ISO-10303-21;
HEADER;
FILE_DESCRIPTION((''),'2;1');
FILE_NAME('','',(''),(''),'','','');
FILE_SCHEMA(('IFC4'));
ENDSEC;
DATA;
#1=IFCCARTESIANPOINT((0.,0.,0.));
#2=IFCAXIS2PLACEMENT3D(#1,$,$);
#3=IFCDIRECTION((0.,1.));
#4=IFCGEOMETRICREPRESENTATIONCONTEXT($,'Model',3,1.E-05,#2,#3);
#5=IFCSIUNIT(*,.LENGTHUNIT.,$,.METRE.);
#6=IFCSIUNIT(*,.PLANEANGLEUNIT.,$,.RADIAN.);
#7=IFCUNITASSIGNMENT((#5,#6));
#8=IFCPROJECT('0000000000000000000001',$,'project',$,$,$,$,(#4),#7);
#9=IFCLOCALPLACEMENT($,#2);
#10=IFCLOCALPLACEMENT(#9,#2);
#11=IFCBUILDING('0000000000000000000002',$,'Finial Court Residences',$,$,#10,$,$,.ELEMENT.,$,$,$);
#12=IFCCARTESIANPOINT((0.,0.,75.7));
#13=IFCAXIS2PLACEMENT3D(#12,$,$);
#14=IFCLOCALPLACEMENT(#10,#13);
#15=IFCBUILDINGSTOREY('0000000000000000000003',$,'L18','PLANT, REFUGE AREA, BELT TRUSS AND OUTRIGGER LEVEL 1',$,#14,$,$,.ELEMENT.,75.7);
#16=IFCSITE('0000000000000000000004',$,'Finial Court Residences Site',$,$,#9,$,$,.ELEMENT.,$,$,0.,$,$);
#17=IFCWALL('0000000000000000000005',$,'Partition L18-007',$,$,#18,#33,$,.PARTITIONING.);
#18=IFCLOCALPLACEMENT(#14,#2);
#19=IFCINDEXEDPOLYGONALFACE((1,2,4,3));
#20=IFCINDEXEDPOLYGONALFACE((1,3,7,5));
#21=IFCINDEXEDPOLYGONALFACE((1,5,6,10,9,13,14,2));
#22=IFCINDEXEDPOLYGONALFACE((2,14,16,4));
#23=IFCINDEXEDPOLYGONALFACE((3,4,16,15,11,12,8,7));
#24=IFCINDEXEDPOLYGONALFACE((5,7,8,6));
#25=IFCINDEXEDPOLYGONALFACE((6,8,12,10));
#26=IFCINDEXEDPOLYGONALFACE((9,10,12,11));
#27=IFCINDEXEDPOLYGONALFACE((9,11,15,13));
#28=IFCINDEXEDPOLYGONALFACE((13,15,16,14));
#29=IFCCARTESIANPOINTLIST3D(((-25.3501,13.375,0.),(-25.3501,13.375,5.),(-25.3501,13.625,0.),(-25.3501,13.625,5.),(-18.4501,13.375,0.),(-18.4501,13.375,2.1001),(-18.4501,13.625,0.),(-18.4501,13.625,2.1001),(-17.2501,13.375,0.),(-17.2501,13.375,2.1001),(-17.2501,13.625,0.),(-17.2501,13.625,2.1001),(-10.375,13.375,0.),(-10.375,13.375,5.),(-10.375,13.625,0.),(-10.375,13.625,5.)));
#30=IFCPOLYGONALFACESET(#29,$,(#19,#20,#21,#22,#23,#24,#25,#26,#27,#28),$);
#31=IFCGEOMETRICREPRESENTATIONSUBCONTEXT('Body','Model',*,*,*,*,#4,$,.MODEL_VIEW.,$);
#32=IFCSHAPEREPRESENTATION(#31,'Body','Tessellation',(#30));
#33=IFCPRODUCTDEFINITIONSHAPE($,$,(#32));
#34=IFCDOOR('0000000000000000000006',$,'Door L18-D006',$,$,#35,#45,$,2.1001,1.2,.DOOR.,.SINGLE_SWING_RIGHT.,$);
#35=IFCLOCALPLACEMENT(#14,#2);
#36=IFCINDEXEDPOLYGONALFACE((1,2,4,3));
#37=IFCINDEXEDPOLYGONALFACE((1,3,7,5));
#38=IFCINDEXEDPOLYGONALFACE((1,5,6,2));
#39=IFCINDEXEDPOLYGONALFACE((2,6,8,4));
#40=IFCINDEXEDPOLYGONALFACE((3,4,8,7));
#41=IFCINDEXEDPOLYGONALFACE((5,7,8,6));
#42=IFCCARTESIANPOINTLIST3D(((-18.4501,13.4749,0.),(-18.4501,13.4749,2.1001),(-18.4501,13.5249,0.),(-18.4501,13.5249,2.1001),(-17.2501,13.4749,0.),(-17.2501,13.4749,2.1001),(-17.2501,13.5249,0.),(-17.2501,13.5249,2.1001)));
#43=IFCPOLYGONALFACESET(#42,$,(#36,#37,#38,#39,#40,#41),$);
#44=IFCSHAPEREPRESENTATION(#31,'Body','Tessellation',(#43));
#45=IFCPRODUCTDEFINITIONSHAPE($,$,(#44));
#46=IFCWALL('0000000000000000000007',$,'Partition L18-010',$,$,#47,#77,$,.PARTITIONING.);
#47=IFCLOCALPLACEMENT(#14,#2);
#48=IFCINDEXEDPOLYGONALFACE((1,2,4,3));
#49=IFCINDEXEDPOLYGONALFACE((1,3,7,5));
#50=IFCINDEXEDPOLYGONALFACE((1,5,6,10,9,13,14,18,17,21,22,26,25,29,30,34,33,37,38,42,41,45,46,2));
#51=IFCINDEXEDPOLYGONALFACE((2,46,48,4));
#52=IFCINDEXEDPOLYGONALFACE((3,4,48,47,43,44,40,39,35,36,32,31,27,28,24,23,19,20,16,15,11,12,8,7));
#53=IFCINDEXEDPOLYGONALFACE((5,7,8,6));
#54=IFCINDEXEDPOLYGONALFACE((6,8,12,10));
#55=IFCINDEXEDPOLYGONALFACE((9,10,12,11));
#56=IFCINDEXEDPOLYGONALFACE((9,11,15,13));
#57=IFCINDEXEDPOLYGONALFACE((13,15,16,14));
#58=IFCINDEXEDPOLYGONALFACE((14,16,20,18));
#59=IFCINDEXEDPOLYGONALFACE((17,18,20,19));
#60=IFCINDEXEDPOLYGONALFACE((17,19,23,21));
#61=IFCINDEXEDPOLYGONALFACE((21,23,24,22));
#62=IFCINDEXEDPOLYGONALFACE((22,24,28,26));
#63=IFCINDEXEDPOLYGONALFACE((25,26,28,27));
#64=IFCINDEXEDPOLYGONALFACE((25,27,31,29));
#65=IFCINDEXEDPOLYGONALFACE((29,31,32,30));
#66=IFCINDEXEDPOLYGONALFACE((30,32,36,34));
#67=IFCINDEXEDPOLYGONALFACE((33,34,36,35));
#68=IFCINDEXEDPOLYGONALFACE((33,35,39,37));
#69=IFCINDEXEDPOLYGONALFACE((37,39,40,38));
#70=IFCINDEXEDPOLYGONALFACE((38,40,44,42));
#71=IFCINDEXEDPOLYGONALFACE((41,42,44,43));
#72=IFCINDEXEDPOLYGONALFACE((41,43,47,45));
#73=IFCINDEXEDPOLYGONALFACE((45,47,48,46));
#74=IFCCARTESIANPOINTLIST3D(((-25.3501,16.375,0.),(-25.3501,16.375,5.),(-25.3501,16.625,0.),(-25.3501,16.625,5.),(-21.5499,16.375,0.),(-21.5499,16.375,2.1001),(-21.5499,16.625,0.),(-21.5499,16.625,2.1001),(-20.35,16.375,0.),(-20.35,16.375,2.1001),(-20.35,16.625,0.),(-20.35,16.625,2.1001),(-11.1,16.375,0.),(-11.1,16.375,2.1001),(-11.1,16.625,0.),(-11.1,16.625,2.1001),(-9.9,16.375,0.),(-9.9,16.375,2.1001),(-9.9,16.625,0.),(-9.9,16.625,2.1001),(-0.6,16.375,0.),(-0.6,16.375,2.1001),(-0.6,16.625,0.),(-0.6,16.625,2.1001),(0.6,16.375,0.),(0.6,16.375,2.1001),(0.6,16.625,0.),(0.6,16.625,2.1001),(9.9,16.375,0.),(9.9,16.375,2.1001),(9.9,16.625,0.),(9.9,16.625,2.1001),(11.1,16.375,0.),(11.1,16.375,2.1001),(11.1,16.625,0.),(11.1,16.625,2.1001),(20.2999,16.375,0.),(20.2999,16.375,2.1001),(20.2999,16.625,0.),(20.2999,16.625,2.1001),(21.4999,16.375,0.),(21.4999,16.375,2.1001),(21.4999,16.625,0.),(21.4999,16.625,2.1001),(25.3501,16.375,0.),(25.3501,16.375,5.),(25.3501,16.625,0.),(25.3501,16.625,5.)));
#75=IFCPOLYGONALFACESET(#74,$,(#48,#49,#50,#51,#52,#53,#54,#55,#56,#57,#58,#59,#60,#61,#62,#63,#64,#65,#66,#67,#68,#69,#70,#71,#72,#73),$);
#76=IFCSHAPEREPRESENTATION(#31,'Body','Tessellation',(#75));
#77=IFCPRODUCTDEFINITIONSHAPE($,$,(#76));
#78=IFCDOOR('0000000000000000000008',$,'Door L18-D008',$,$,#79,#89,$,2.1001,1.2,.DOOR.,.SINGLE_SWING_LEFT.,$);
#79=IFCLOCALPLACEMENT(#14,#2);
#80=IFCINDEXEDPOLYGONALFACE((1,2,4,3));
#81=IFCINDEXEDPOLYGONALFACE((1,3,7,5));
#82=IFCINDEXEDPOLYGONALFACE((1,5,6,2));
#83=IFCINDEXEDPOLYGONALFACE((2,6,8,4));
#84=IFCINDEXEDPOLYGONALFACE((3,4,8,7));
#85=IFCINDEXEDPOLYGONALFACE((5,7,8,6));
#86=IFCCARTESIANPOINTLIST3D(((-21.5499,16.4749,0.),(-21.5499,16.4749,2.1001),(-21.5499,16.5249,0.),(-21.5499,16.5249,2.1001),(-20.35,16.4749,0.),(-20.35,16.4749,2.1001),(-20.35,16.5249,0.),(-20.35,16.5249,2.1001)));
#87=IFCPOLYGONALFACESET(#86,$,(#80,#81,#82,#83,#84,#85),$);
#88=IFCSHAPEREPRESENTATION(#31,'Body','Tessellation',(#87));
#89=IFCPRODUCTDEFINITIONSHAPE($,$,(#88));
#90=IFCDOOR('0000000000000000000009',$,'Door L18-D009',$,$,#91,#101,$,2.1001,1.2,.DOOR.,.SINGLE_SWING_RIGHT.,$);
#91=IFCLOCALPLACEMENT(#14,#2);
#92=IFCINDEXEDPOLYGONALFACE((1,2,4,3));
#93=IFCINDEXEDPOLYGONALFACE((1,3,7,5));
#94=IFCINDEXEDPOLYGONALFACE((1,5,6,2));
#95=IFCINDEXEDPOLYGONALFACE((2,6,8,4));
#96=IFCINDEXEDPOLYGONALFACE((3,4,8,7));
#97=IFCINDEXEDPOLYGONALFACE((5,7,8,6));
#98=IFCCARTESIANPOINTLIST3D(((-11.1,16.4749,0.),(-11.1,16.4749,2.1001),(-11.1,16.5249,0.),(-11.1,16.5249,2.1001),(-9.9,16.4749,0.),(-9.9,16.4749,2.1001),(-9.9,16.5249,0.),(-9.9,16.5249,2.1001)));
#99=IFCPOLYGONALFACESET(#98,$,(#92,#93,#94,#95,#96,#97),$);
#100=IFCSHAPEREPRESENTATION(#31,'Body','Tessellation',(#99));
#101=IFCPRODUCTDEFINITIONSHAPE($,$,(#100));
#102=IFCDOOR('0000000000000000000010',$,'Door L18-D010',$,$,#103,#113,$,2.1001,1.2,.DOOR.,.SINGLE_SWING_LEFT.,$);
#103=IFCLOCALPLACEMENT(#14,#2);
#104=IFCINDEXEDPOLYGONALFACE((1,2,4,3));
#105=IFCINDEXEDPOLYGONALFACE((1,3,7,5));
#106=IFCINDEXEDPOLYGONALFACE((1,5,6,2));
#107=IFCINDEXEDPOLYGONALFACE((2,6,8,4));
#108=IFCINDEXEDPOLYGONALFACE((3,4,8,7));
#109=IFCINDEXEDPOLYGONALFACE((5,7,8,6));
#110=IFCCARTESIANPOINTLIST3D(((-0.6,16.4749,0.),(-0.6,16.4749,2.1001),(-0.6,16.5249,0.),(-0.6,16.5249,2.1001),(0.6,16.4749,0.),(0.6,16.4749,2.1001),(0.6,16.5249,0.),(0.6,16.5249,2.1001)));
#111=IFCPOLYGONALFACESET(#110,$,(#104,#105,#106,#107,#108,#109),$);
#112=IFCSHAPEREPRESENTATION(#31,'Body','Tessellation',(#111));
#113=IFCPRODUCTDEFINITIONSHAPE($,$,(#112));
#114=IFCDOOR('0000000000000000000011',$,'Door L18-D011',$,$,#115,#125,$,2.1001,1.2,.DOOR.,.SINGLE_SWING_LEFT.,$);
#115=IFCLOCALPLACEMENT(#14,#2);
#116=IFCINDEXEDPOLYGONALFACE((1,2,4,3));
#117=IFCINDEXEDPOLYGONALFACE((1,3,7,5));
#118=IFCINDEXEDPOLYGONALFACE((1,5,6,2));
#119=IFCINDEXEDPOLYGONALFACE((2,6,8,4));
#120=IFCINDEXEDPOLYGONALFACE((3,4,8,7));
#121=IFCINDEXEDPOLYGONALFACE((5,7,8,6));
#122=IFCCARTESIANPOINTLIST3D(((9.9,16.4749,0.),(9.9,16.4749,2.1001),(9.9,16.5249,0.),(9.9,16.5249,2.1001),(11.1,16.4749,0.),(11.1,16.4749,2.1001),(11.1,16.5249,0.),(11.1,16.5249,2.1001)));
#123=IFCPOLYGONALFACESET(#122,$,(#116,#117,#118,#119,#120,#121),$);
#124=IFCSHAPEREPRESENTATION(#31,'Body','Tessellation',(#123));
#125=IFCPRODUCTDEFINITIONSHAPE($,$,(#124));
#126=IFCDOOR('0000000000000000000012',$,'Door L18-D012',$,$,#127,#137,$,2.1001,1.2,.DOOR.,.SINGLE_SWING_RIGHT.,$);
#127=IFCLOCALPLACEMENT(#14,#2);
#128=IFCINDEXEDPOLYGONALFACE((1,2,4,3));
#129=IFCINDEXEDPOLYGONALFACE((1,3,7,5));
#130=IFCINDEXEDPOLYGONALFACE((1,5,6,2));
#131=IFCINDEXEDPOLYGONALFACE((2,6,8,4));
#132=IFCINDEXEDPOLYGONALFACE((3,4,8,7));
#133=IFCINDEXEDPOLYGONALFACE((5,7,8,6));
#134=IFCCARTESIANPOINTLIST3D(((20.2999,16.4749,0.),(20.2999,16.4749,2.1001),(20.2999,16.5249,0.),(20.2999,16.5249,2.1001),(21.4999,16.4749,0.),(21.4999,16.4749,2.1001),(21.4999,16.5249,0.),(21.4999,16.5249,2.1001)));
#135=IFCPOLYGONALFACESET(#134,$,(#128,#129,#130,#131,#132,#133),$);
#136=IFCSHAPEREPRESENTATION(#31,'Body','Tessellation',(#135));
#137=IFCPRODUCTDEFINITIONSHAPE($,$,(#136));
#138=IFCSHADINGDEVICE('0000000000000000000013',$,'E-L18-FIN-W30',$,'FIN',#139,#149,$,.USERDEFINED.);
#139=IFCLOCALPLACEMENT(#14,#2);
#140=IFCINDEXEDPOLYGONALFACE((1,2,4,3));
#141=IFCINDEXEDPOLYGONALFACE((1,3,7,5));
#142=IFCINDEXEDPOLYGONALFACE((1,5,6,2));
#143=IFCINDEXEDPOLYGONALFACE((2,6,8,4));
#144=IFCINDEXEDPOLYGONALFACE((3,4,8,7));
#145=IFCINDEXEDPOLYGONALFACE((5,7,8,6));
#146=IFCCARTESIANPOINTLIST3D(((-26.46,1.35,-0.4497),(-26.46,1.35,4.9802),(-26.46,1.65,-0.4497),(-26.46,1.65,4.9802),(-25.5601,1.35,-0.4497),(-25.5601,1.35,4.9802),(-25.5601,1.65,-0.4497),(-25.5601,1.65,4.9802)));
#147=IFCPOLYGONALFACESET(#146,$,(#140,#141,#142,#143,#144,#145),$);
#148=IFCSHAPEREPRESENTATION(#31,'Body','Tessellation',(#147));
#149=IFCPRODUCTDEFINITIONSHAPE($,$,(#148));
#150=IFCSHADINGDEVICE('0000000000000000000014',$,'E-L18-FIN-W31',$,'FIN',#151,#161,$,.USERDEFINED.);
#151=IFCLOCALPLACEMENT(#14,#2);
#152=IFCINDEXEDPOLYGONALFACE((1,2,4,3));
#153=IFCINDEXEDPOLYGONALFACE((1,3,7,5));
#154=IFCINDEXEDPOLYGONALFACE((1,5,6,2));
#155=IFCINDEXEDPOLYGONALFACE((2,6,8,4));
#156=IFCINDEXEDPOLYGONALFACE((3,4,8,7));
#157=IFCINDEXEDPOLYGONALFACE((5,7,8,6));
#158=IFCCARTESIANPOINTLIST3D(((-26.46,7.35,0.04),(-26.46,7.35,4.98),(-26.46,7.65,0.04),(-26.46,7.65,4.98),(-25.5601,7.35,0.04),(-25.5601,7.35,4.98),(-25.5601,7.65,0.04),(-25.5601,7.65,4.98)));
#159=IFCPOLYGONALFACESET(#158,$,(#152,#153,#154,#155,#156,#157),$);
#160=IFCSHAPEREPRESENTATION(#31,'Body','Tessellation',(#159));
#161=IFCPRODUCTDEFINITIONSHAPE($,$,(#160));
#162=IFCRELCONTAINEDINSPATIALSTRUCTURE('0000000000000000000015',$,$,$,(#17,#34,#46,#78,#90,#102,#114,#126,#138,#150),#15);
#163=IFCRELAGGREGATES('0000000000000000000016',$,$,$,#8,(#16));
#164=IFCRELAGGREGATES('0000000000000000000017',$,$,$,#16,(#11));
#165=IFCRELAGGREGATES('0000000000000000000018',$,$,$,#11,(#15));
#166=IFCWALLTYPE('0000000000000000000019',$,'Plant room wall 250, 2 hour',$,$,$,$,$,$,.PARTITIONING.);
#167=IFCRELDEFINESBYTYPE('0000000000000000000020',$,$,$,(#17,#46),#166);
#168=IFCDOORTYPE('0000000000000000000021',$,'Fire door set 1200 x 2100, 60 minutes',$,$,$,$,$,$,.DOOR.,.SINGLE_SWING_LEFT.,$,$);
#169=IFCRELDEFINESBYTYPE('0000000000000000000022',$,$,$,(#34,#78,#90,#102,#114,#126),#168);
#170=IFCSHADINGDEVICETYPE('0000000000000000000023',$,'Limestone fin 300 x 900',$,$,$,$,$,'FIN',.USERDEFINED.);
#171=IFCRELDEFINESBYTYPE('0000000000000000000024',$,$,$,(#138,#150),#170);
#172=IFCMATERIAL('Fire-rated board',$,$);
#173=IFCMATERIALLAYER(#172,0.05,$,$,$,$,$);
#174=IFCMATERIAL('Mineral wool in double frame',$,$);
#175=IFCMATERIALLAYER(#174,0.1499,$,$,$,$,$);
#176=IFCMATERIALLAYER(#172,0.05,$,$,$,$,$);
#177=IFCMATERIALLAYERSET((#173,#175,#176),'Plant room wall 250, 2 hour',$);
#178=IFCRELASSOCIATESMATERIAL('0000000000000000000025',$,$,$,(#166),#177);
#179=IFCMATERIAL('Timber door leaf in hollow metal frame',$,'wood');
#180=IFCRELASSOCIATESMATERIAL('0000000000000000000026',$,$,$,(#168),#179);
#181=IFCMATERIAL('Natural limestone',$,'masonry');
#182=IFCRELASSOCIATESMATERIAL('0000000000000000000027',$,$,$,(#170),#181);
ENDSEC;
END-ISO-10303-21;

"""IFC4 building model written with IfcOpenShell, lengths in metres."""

from ifc_helpers import new_model, si_unit, direction, frame, frame_2d, origin, origin_2d, place, context, subcontext, project, spatial, rectangle, extrude, material, layer, layer_set, type_object, element, fill, save


model = new_model("IFC4")

# Units and contexts
model_context = context("Model", 3, precision=1e-05, world=origin(), true_north=direction((0.0, 1.0)))
body_context = subcontext(model_context, "Body", "Model", "MODEL_VIEW")
ifc_project = project(units=[si_unit("LENGTHUNIT", "METRE"), si_unit("PLANEANGLEUNIT", "RADIAN")], contexts=[model_context])

# Site, building, storey
site_placement = place(None, origin())
site = spatial("IfcSite", under=ifc_project, at=site_placement, Name="Finial Court Residences Site", CompositionType="ELEMENT", RefElevation=0.0)
building_placement = place(site_placement, origin())
building = spatial("IfcBuilding", under=site, at=building_placement, Name="Finial Court Residences", CompositionType="ELEMENT")
storey_placement = place(building_placement, frame((0.0, 0.0, 75.7)))
storey = spatial("IfcBuildingStorey", under=building, at=storey_placement, Name="L18", Description="PLANT, REFUGE AREA, BELT TRUSS AND OUTRIGGER LEVEL 1", CompositionType="ELEMENT", Elevation=75.7)

# Shared definitions
ifc_material_1 = material(Name="Fire-rated board")
ifc_layer_1 = layer(ifc_material_1, 0.05)
ifc_material_2 = material(Name="Mineral wool in double frame")
ifc_layer_2 = layer(ifc_material_2, 0.1499)
ifc_layer_3 = layer(ifc_material_1, 0.05)
ifc_layer_set_1 = layer_set([ifc_layer_1, ifc_layer_2, ifc_layer_3], Name="Plant room wall 250, 2 hour")
wall_type_1 = type_object("IfcWallType", Name="Plant room wall 250, 2 hour", PredefinedType="PARTITIONING", material=ifc_layer_set_1)

# Wall, opening, door
wall_1_placement = place(storey_placement, frame((-25.3501, 13.5, 0.0), z_axis=(0.0, 0.0, 1.0), x_axis=(1.0, 0.0, 0.0)))
wall_1 = element("IfcWall", 1, at=wall_1_placement, inside=storey, type_object=wall_type_1, Name="Partition L18-007", PredefinedType="PARTITIONING", context=body_context, shape_type="SweptSolid", body=[
    extrude(rectangle(XDim=14.9751, YDim=0.25, at=frame_2d((7.4875, 0.0))), origin(), (0.0, 0.0, 1.0), 5.0),
])
opening_1_placement = place(wall_1_placement, frame((6.8999, 0.0, 0.0)))
opening_1 = element("IfcOpeningElement", 2, at=opening_1_placement, cuts=wall_1, PredefinedType="OPENING", context=body_context, shape_type="SweptSolid", body=[
    extrude(rectangle(XDim=1.2, YDim=2.1001, at=frame_2d((0.6001, 1.05))), frame((0.0, 0.135, 0.0), z_axis=(0.0, -1.0, 0.0), x_axis=(1.0, 0.0, 0.0)), (0.0, 0.0, 1.0), 0.27),
])
ifc_material_3 = material(Name="Timber door leaf in hollow metal frame", Category="wood")
door_type = type_object("IfcDoorType", Name="Fire door set 1200 x 2100, 60 minutes", OperationType="SINGLE_SWING_LEFT", PredefinedType="DOOR", material=ifc_material_3)
door_1_placement = place(opening_1_placement, origin())
door_1 = element("IfcDoor", 3, at=door_1_placement, inside=storey, type_object=door_type, Name="Door L18-D006", OperationType="SINGLE_SWING_RIGHT", OverallHeight=2.1001, OverallWidth=1.2, PredefinedType="DOOR", context=body_context, shape_type="SweptSolid", body=[
    extrude(rectangle(XDim=1.2, YDim=2.1001, at=frame_2d((0.6001, 1.05))), frame((0.0, 0.0249, 0.0), z_axis=(0.0, -1.0, 0.0), x_axis=(1.0, 0.0, 0.0)), (0.0, 0.0, 1.0), 0.05),
])
fill(opening_1, door_1)

# Wall, openings, doors
wall_2_placement = place(storey_placement, frame((-25.3501, 16.5, 0.0), z_axis=(0.0, 0.0, 1.0), x_axis=(1.0, 0.0, 0.0)))
wall_2 = element("IfcWall", 4, at=wall_2_placement, inside=storey, type_object=wall_type_1, Name="Partition L18-010", PredefinedType="PARTITIONING", context=body_context, shape_type="SweptSolid", body=[
    extrude(rectangle(XDim=50.7002, YDim=0.25, at=frame_2d((25.3501, 0.0))), origin(), (0.0, 0.0, 1.0), 5.0),
])
opening_2_placement = place(wall_2_placement, frame((3.8, 0.0, 0.0)))
opening_2 = element("IfcOpeningElement", 5, at=opening_2_placement, cuts=wall_2, PredefinedType="OPENING", context=body_context, shape_type="SweptSolid", body=[
    extrude(rectangle(XDim=1.2, YDim=2.1001, at=frame_2d((0.6001, 1.05))), frame((0.0, 0.135, 0.0), z_axis=(0.0, -1.0, 0.0), x_axis=(1.0, 0.0, 0.0)), (0.0, 0.0, 1.0), 0.27),
])
opening_3_placement = place(wall_2_placement, frame((14.25, 0.0, 0.0)))
opening_3 = element("IfcOpeningElement", 6, at=opening_3_placement, cuts=wall_2, PredefinedType="OPENING", context=body_context, shape_type="SweptSolid", body=[
    extrude(rectangle(XDim=1.2, YDim=2.1001, at=frame_2d((0.6001, 1.05))), frame((0.0, 0.135, 0.0), z_axis=(0.0, -1.0, 0.0), x_axis=(1.0, 0.0, 0.0)), (0.0, 0.0, 1.0), 0.27),
])
opening_4_placement = place(wall_2_placement, frame((24.75, 0.0, 0.0)))
opening_4 = element("IfcOpeningElement", 7, at=opening_4_placement, cuts=wall_2, PredefinedType="OPENING", context=body_context, shape_type="SweptSolid", body=[
    extrude(rectangle(XDim=1.2, YDim=2.1001, at=frame_2d((0.6001, 1.05))), frame((0.0, 0.135, 0.0), z_axis=(0.0, -1.0, 0.0), x_axis=(1.0, 0.0, 0.0)), (0.0, 0.0, 1.0), 0.27),
])
opening_5_placement = place(wall_2_placement, frame((35.25, 0.0, 0.0)))
opening_5 = element("IfcOpeningElement", 8, at=opening_5_placement, cuts=wall_2, PredefinedType="OPENING", context=body_context, shape_type="SweptSolid", body=[
    extrude(rectangle(XDim=1.2, YDim=2.1001, at=frame_2d((0.6001, 1.05))), frame((0.0, 0.135, 0.0), z_axis=(0.0, -1.0, 0.0), x_axis=(1.0, 0.0, 0.0)), (0.0, 0.0, 1.0), 0.27),
])
opening_6_placement = place(wall_2_placement, frame((45.6499, 0.0, 0.0)))
opening_6 = element("IfcOpeningElement", 9, at=opening_6_placement, cuts=wall_2, PredefinedType="OPENING", context=body_context, shape_type="SweptSolid", body=[
    extrude(rectangle(XDim=1.2, YDim=2.1001, at=frame_2d((0.6001, 1.05))), frame((0.0, 0.135, 0.0), z_axis=(0.0, -1.0, 0.0), x_axis=(1.0, 0.0, 0.0)), (0.0, 0.0, 1.0), 0.27),
])
door_2_placement = place(opening_2_placement, origin())
door_2 = element("IfcDoor", 10, at=door_2_placement, inside=storey, type_object=door_type, Name="Door L18-D008", OperationType="SINGLE_SWING_LEFT", OverallHeight=2.1001, OverallWidth=1.2, PredefinedType="DOOR", context=body_context, shape_type="SweptSolid", body=[
    extrude(rectangle(XDim=1.2, YDim=2.1001, at=frame_2d((0.6001, 1.05))), frame((0.0, 0.0249, 0.0), z_axis=(0.0, -1.0, 0.0), x_axis=(1.0, 0.0, 0.0)), (0.0, 0.0, 1.0), 0.05),
])
fill(opening_2, door_2)
door_3_placement = place(opening_3_placement, origin())
door_3 = element("IfcDoor", 11, at=door_3_placement, inside=storey, type_object=door_type, Name="Door L18-D009", OperationType="SINGLE_SWING_RIGHT", OverallHeight=2.1001, OverallWidth=1.2, PredefinedType="DOOR", context=body_context, shape_type="SweptSolid", body=[
    extrude(rectangle(XDim=1.2, YDim=2.1001, at=frame_2d((0.6001, 1.05))), frame((0.0, 0.0249, 0.0), z_axis=(0.0, -1.0, 0.0), x_axis=(1.0, 0.0, 0.0)), (0.0, 0.0, 1.0), 0.05),
])
fill(opening_3, door_3)
door_4_placement = place(opening_4_placement, origin())
door_4 = element("IfcDoor", 12, at=door_4_placement, inside=storey, type_object=door_type, Name="Door L18-D010", OperationType="SINGLE_SWING_LEFT", OverallHeight=2.1001, OverallWidth=1.2, PredefinedType="DOOR", context=body_context, shape_type="SweptSolid", body=[
    extrude(rectangle(XDim=1.2, YDim=2.1001, at=frame_2d((0.6001, 1.05))), frame((0.0, 0.0249, 0.0), z_axis=(0.0, -1.0, 0.0), x_axis=(1.0, 0.0, 0.0)), (0.0, 0.0, 1.0), 0.05),
])
fill(opening_4, door_4)
door_5_placement = place(opening_5_placement, origin())
door_5 = element("IfcDoor", 13, at=door_5_placement, inside=storey, type_object=door_type, Name="Door L18-D011", OperationType="SINGLE_SWING_LEFT", OverallHeight=2.1001, OverallWidth=1.2, PredefinedType="DOOR", context=body_context, shape_type="SweptSolid", body=[
    extrude(rectangle(XDim=1.2, YDim=2.1001, at=frame_2d((0.6001, 1.05))), frame((0.0, 0.0249, 0.0), z_axis=(0.0, -1.0, 0.0), x_axis=(1.0, 0.0, 0.0)), (0.0, 0.0, 1.0), 0.05),
])
fill(opening_5, door_5)
door_6_placement = place(opening_6_placement, origin())
door_6 = element("IfcDoor", 14, at=door_6_placement, inside=storey, type_object=door_type, Name="Door L18-D012", OperationType="SINGLE_SWING_RIGHT", OverallHeight=2.1001, OverallWidth=1.2, PredefinedType="DOOR", context=body_context, shape_type="SweptSolid", body=[
    extrude(rectangle(XDim=1.2, YDim=2.1001, at=frame_2d((0.6001, 1.05))), frame((0.0, 0.0249, 0.0), z_axis=(0.0, -1.0, 0.0), x_axis=(1.0, 0.0, 0.0)), (0.0, 0.0, 1.0), 0.05),
])
fill(opening_6, door_6)

# Shading devices
ifc_material_4 = material(Name="Natural limestone", Category="masonry")
shading_device_type = type_object("IfcShadingDeviceType", Name="Limestone fin 300 x 900", ElementType="FIN", PredefinedType="USERDEFINED", material=ifc_material_4)
shading_device_placement = place(storey_placement, frame((-26.01, 1.5, -0.4497), z_axis=(0.0, 0.0, 1.0), x_axis=(1.0, 0.0, 0.0)))
element("IfcShadingDevice", 15, at=shading_device_placement, inside=storey, type_object=shading_device_type, Name="E-L18-FIN-W30", ObjectType="FIN", PredefinedType="USERDEFINED", context=body_context, shape_type="SweptSolid", body=[
    extrude(rectangle(XDim=0.8999, YDim=0.3, at=origin_2d()), origin(), (0.0, 0.0, 1.0), 5.4299),
])
for number, where, z_axis, x_axis, name in (
    (16, (-26.01, 7.5, 0.04), (0.0, 0.0, 1.0), (1.0, 0.0, 0.0), "E-L18-FIN-W31"),
):
    element("IfcShadingDevice", number, at=place(storey_placement, frame(where, z_axis=z_axis, x_axis=x_axis)), inside=storey, type_object=shading_device_type, Name=name, ObjectType="FIN", PredefinedType="USERDEFINED", context=body_context, shape_type="SweptSolid", body=[
        extrude(rectangle(XDim=0.8999, YDim=0.3, at=origin_2d()), origin(), (0.0, 0.0, 1.0), 4.9399),
    ])

save(model, "model.ifc")
